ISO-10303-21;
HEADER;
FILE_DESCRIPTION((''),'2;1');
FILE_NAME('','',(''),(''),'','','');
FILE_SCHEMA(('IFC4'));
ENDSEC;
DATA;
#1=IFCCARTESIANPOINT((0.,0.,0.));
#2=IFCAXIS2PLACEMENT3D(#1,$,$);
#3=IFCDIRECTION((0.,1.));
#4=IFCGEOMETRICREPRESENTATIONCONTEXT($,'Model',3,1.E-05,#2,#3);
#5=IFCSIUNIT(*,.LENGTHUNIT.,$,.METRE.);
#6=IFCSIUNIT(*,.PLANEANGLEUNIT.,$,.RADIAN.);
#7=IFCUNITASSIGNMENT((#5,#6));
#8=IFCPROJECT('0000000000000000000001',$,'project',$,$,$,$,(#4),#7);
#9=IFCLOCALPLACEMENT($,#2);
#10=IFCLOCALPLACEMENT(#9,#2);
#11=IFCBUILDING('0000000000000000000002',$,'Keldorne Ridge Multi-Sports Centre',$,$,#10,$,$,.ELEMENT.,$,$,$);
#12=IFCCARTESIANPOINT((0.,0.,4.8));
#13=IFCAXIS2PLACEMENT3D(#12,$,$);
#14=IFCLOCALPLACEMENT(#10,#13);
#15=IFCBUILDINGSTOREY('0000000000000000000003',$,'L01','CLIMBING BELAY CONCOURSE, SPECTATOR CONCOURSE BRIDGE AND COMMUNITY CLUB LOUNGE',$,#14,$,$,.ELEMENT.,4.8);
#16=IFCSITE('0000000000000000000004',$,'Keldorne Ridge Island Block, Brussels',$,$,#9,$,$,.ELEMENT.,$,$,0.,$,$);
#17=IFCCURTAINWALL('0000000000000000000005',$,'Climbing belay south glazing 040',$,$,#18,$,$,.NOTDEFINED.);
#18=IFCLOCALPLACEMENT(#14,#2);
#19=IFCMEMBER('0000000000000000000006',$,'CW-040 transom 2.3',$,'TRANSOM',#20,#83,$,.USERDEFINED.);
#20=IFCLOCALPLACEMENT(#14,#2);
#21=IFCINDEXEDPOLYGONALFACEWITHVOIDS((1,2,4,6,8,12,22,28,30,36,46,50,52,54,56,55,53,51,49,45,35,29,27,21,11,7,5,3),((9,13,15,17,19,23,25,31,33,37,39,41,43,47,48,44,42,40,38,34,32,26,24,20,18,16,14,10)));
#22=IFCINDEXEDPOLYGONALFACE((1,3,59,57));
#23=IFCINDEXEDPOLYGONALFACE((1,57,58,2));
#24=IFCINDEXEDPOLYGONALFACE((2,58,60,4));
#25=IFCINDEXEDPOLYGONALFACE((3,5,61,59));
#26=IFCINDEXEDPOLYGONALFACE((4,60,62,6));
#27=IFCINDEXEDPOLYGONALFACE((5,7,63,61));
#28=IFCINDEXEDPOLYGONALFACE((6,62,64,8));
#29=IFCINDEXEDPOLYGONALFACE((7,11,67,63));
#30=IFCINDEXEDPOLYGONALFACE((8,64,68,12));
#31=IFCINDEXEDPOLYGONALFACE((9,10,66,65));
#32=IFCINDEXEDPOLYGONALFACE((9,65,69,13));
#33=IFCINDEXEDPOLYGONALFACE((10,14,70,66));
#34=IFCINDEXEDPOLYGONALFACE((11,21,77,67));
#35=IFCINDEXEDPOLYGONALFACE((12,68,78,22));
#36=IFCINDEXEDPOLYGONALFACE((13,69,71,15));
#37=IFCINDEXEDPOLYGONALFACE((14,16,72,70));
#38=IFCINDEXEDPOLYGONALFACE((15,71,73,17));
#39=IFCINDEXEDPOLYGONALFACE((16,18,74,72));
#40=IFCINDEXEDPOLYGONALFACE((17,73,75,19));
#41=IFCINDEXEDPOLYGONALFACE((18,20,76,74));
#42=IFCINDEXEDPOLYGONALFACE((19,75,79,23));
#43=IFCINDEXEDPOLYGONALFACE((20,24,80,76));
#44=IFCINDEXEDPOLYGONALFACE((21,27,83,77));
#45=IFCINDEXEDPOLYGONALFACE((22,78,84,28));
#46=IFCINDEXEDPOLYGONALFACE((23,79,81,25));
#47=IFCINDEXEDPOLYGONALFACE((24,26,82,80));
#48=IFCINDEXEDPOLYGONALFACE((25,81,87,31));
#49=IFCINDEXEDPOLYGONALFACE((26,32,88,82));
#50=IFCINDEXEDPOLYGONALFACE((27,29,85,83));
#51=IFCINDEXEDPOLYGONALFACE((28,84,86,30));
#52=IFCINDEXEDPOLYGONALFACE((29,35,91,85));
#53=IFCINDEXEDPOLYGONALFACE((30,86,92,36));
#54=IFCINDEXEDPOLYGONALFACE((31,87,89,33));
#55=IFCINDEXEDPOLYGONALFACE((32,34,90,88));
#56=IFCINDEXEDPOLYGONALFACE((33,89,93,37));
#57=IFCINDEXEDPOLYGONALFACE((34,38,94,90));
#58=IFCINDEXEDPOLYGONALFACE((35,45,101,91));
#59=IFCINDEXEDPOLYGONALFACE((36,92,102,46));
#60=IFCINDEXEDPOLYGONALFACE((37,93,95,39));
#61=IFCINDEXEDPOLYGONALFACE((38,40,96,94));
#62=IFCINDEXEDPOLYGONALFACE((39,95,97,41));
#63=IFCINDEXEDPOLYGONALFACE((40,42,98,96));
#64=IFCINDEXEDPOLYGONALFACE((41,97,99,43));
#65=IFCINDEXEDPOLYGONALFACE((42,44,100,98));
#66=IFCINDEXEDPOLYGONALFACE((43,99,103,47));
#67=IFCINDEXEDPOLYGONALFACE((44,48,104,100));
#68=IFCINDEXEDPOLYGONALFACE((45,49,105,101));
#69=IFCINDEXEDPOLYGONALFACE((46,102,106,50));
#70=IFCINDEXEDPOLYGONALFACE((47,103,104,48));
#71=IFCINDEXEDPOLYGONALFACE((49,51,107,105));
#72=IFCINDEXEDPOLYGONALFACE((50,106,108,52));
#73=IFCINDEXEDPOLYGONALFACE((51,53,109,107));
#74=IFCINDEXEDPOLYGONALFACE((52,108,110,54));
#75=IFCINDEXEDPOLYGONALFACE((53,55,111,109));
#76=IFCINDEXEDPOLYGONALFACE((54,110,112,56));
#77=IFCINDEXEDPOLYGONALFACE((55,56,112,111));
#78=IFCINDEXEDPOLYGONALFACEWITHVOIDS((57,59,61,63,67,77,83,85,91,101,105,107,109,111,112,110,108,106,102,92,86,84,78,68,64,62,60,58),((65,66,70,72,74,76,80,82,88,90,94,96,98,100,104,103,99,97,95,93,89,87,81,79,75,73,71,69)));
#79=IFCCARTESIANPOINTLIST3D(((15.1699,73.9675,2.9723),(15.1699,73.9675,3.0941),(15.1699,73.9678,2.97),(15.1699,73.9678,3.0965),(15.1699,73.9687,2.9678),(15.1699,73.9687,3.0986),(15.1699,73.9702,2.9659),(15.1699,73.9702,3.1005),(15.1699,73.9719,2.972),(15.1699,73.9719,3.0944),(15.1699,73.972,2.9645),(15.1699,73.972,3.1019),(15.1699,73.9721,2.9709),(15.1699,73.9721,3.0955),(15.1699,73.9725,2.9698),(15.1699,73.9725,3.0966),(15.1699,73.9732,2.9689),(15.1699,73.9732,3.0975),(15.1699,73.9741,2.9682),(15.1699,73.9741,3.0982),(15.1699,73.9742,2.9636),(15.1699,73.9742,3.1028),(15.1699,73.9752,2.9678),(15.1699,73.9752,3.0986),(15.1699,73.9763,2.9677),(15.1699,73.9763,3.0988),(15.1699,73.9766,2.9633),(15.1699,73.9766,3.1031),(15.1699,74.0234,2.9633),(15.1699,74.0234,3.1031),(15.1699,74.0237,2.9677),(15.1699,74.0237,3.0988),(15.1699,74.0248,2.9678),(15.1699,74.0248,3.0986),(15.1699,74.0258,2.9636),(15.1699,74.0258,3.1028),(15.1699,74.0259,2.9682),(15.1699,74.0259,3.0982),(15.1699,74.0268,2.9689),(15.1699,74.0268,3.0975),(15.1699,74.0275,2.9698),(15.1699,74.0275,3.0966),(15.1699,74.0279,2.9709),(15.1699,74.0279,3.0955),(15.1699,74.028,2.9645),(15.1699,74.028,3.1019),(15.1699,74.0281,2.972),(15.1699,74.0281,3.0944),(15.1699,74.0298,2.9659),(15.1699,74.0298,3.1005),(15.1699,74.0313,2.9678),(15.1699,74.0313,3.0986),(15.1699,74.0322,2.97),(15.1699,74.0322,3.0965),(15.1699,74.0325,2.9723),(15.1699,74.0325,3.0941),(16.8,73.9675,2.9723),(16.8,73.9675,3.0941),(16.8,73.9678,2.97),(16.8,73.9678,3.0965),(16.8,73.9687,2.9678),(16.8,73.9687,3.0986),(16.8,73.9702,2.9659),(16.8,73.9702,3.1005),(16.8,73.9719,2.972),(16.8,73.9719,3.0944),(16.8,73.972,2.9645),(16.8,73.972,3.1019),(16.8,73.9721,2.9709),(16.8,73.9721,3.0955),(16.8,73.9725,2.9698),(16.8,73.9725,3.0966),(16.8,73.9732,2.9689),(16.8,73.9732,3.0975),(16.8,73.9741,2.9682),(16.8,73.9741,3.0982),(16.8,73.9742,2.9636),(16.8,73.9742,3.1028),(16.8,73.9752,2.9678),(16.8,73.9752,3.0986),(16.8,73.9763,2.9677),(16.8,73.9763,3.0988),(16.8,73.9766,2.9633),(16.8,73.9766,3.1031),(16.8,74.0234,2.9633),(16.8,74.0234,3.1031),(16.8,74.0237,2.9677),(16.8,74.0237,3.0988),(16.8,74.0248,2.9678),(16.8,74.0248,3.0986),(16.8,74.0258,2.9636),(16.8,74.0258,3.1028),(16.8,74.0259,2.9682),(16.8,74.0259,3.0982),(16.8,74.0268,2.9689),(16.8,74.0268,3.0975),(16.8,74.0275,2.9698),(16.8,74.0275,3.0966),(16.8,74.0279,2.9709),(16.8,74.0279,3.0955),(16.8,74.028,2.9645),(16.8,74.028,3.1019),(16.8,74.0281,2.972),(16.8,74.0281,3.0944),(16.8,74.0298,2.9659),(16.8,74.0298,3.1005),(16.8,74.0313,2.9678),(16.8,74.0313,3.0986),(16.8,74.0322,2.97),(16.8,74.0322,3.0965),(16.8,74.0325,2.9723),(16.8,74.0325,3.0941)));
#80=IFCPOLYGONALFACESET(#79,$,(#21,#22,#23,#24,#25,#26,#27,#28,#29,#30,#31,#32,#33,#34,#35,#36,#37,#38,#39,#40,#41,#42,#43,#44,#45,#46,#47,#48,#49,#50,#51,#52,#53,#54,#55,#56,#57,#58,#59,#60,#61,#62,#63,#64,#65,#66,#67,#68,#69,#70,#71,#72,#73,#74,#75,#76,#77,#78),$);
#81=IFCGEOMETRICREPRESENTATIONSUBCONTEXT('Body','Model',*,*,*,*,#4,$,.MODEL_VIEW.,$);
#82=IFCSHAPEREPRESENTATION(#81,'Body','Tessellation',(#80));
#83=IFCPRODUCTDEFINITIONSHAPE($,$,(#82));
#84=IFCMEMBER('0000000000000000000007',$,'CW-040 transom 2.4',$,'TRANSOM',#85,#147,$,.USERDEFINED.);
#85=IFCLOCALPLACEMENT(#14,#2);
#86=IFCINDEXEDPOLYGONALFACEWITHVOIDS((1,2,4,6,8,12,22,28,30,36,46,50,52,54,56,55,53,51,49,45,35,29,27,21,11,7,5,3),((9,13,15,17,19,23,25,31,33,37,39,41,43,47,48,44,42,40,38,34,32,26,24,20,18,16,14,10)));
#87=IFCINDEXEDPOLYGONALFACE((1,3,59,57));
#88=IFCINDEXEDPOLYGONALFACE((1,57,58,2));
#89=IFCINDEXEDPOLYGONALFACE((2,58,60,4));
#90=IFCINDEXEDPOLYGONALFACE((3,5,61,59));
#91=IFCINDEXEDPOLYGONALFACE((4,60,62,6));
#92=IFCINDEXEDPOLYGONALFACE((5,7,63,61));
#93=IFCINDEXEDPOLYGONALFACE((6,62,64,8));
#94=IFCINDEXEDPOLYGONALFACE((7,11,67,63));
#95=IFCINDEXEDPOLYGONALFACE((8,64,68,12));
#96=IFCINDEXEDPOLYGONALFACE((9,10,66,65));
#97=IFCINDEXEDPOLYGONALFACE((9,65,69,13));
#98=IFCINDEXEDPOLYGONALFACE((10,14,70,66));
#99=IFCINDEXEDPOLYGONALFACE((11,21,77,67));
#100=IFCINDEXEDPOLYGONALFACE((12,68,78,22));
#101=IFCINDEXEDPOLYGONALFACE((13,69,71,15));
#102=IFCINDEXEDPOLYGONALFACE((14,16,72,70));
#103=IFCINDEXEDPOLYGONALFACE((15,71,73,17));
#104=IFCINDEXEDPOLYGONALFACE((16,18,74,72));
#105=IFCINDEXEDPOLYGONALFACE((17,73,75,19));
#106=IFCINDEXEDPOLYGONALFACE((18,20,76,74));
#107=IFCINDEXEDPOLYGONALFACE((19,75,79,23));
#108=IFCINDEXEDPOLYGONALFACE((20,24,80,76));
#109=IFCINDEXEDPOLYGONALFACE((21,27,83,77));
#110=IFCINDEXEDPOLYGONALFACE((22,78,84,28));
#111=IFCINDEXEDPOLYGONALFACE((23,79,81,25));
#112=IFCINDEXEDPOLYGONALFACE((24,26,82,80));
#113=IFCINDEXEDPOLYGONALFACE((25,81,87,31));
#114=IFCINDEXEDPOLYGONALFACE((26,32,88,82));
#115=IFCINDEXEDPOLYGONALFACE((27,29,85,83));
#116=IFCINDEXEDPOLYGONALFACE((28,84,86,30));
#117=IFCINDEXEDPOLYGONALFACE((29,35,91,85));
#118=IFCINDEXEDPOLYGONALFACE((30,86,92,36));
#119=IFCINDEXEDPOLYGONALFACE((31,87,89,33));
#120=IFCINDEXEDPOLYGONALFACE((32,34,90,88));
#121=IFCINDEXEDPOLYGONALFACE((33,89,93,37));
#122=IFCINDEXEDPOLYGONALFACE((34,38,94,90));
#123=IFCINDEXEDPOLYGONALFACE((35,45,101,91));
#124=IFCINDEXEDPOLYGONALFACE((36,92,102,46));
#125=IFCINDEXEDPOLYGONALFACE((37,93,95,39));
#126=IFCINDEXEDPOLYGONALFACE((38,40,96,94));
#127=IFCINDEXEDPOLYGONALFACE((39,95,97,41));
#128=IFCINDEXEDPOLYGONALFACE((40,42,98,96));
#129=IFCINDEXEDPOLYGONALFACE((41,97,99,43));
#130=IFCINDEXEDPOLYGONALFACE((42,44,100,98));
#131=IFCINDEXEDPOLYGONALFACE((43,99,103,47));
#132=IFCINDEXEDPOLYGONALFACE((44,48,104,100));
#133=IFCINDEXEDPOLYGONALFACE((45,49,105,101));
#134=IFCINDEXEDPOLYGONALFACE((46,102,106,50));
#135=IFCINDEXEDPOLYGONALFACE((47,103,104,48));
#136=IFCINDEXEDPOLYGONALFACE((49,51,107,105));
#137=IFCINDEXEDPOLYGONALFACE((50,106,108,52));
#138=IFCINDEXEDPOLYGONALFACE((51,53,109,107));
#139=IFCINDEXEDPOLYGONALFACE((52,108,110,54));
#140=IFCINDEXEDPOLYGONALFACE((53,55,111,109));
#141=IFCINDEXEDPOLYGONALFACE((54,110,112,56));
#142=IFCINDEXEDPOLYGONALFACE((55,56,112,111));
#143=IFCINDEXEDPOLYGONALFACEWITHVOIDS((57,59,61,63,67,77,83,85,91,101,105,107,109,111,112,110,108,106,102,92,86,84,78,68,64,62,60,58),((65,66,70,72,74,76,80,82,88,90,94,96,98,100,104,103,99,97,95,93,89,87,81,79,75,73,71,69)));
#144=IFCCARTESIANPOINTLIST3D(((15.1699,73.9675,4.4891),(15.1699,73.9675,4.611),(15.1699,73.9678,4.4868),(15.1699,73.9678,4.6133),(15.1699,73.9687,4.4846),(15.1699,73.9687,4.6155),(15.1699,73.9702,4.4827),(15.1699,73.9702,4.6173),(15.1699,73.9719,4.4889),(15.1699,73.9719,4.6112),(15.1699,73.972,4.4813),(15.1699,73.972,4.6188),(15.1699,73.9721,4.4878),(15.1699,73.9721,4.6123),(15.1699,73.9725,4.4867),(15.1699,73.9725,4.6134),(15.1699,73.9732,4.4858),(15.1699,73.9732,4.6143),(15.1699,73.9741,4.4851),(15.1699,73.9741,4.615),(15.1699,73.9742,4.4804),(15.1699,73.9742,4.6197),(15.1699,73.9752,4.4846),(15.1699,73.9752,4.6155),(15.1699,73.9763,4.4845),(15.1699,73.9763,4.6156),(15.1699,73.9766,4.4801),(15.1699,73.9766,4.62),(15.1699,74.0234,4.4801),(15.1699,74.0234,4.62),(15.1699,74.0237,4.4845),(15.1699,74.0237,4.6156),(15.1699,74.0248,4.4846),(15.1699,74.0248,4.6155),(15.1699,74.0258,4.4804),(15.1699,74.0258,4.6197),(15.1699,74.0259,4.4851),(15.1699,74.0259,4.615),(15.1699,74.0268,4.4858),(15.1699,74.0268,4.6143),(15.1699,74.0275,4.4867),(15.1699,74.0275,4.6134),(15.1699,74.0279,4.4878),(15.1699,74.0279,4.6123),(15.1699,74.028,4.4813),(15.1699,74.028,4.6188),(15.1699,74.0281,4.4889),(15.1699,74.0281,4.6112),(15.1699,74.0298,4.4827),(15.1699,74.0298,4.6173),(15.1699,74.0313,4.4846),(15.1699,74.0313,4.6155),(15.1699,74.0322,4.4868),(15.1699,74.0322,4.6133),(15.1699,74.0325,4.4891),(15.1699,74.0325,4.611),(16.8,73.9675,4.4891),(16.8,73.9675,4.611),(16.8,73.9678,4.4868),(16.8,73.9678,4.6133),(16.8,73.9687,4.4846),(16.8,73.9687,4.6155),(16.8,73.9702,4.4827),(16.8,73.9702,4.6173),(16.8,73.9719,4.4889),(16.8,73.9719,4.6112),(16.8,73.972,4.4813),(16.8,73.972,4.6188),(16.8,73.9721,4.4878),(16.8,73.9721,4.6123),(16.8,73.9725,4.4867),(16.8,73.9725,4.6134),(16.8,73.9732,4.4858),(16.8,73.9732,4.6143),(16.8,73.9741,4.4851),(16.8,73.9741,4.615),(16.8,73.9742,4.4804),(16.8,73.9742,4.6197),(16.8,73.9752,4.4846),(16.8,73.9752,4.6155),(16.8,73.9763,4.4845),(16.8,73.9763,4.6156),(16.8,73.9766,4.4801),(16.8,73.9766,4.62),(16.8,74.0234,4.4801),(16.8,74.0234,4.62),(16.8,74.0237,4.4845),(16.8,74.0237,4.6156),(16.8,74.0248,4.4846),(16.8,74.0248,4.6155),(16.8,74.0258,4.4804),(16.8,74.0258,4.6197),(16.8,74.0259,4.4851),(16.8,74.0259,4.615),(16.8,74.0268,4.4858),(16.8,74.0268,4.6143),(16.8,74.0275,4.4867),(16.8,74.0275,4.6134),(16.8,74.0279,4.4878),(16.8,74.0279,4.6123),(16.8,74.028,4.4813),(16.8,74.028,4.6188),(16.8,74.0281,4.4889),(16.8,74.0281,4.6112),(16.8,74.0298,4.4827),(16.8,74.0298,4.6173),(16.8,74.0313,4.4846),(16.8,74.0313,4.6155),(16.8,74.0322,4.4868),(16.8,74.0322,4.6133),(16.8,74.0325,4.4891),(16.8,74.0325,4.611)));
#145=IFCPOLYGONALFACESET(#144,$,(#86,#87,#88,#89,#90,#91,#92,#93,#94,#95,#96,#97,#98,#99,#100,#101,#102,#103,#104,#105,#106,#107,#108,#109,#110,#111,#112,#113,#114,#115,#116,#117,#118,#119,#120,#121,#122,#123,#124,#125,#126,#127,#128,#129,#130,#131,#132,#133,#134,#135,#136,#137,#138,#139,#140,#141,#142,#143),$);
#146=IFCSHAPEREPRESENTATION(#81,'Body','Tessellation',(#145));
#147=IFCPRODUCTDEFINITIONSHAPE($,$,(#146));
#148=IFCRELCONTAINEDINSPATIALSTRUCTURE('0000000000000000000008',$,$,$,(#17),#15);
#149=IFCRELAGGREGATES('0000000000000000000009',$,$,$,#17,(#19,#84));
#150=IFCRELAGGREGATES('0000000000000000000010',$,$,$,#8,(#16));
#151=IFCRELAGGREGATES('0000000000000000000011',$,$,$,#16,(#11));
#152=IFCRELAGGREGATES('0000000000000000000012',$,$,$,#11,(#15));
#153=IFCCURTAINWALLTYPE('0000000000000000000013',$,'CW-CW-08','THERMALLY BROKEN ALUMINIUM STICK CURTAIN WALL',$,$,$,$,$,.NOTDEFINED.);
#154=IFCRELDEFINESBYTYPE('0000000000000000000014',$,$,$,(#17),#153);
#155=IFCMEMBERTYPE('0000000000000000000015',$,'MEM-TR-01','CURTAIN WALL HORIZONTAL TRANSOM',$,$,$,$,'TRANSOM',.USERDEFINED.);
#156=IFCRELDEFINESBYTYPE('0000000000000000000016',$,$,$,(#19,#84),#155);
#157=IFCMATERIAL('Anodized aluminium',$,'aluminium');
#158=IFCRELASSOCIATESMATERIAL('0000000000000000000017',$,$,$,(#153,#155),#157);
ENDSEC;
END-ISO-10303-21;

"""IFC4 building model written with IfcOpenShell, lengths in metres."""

from ifc_helpers import new_model, si_unit, direction, frame, origin, origin_2d, place, context, subcontext, project, spatial, hollow_rectangle, extrude, material, material_profile, profile_set, type_object, element, aggregate, save


model = new_model("IFC4")

# Units and contexts
model_context = context("Model", 3, precision=1e-05, world=origin(), true_north=direction((0.0, 1.0)))
body_context = subcontext(model_context, "Body", "Model", "MODEL_VIEW")
ifc_project = project(units=[si_unit("LENGTHUNIT", "METRE"), si_unit("PLANEANGLEUNIT", "RADIAN")], contexts=[model_context])

# Site, building, storey
site_placement = place(None, origin())
site = spatial("IfcSite", under=ifc_project, at=site_placement, Name="Keldorne Ridge Island Block, Brussels", CompositionType="ELEMENT", RefElevation=0.0)
building_placement = place(site_placement, origin())
building = spatial("IfcBuilding", under=site, at=building_placement, Name="Keldorne Ridge Multi-Sports Centre", CompositionType="ELEMENT")
storey_placement = place(building_placement, frame((0.0, 0.0, 4.8)))
storey = spatial("IfcBuildingStorey", under=building, at=storey_placement, Name="L01", Description="CLIMBING BELAY CONCOURSE, SPECTATOR CONCOURSE BRIDGE AND COMMUNITY CLUB LOUNGE", CompositionType="ELEMENT", Elevation=4.8)

# Shared definitions
ifc_material_1 = material(Name="Anodized aluminium", Category="aluminium")

# Curtain wall
curtain_wall_type_1 = type_object("IfcCurtainWallType", Name="CW-CW-08", Description="THERMALLY BROKEN ALUMINIUM STICK CURTAIN WALL", PredefinedType="NOTDEFINED", material=ifc_material_1)
curtain_wall_1_placement = place(storey_placement, origin())
curtain_wall_1 = element("IfcCurtainWall", 1, at=curtain_wall_1_placement, inside=storey, type_object=curtain_wall_type_1, Name="Climbing belay south glazing 040", PredefinedType="NOTDEFINED")

# Members
ifc_material_profile_1 = material_profile(ifc_material_1, hollow_rectangle(XDim=0.0649, YDim=0.1399, WallThickness=0.0044, InnerFilletRadius=0.0044, OuterFilletRadius=0.009, at=origin_2d()), Name="ALU TRANSOM 140x65x4.5")
ifc_profile_set_1 = profile_set([ifc_material_profile_1], Name="Anodized aluminium")
member_type_1 = type_object("IfcMemberType", Name="MEM-TR-01", Description="CURTAIN WALL HORIZONTAL TRANSOM", ElementType="TRANSOM", PredefinedType="USERDEFINED", material=ifc_profile_set_1)
member_1_placement = place(storey_placement, frame((15.1699, 74.0, 3.0332), z_axis=(1.0, 0.0, 0.0), x_axis=(0.0, 1.0, 0.0)))
member_1 = element("IfcMember", 2, at=member_1_placement, type_object=member_type_1, Name="CW-040 transom 2.3", ObjectType="TRANSOM", PredefinedType="USERDEFINED", context=body_context, shape_type="SweptSolid", body=[
    extrude(hollow_rectangle(XDim=0.0649, YDim=0.1399, WallThickness=0.0044, InnerFilletRadius=0.0044, OuterFilletRadius=0.009, at=origin_2d()), origin(), (0.0, 0.0, 1.0), 1.6301),
])
member_2_placement = place(storey_placement, frame((15.1699, 74.0, 4.55), z_axis=(1.0, 0.0, 0.0), x_axis=(0.0, 1.0, 0.0)))
member_2 = element("IfcMember", 3, at=member_2_placement, type_object=member_type_1, Name="CW-040 transom 2.4", ObjectType="TRANSOM", PredefinedType="USERDEFINED", context=body_context, shape_type="SweptSolid", body=[
    extrude(hollow_rectangle(XDim=0.0649, YDim=0.1399, WallThickness=0.0044, InnerFilletRadius=0.0044, OuterFilletRadius=0.009, at=origin_2d()), origin(), (0.0, 0.0, 1.0), 1.6301),
])

aggregate(curtain_wall_1, [member_1, member_2])

save(model, "model.ifc")
